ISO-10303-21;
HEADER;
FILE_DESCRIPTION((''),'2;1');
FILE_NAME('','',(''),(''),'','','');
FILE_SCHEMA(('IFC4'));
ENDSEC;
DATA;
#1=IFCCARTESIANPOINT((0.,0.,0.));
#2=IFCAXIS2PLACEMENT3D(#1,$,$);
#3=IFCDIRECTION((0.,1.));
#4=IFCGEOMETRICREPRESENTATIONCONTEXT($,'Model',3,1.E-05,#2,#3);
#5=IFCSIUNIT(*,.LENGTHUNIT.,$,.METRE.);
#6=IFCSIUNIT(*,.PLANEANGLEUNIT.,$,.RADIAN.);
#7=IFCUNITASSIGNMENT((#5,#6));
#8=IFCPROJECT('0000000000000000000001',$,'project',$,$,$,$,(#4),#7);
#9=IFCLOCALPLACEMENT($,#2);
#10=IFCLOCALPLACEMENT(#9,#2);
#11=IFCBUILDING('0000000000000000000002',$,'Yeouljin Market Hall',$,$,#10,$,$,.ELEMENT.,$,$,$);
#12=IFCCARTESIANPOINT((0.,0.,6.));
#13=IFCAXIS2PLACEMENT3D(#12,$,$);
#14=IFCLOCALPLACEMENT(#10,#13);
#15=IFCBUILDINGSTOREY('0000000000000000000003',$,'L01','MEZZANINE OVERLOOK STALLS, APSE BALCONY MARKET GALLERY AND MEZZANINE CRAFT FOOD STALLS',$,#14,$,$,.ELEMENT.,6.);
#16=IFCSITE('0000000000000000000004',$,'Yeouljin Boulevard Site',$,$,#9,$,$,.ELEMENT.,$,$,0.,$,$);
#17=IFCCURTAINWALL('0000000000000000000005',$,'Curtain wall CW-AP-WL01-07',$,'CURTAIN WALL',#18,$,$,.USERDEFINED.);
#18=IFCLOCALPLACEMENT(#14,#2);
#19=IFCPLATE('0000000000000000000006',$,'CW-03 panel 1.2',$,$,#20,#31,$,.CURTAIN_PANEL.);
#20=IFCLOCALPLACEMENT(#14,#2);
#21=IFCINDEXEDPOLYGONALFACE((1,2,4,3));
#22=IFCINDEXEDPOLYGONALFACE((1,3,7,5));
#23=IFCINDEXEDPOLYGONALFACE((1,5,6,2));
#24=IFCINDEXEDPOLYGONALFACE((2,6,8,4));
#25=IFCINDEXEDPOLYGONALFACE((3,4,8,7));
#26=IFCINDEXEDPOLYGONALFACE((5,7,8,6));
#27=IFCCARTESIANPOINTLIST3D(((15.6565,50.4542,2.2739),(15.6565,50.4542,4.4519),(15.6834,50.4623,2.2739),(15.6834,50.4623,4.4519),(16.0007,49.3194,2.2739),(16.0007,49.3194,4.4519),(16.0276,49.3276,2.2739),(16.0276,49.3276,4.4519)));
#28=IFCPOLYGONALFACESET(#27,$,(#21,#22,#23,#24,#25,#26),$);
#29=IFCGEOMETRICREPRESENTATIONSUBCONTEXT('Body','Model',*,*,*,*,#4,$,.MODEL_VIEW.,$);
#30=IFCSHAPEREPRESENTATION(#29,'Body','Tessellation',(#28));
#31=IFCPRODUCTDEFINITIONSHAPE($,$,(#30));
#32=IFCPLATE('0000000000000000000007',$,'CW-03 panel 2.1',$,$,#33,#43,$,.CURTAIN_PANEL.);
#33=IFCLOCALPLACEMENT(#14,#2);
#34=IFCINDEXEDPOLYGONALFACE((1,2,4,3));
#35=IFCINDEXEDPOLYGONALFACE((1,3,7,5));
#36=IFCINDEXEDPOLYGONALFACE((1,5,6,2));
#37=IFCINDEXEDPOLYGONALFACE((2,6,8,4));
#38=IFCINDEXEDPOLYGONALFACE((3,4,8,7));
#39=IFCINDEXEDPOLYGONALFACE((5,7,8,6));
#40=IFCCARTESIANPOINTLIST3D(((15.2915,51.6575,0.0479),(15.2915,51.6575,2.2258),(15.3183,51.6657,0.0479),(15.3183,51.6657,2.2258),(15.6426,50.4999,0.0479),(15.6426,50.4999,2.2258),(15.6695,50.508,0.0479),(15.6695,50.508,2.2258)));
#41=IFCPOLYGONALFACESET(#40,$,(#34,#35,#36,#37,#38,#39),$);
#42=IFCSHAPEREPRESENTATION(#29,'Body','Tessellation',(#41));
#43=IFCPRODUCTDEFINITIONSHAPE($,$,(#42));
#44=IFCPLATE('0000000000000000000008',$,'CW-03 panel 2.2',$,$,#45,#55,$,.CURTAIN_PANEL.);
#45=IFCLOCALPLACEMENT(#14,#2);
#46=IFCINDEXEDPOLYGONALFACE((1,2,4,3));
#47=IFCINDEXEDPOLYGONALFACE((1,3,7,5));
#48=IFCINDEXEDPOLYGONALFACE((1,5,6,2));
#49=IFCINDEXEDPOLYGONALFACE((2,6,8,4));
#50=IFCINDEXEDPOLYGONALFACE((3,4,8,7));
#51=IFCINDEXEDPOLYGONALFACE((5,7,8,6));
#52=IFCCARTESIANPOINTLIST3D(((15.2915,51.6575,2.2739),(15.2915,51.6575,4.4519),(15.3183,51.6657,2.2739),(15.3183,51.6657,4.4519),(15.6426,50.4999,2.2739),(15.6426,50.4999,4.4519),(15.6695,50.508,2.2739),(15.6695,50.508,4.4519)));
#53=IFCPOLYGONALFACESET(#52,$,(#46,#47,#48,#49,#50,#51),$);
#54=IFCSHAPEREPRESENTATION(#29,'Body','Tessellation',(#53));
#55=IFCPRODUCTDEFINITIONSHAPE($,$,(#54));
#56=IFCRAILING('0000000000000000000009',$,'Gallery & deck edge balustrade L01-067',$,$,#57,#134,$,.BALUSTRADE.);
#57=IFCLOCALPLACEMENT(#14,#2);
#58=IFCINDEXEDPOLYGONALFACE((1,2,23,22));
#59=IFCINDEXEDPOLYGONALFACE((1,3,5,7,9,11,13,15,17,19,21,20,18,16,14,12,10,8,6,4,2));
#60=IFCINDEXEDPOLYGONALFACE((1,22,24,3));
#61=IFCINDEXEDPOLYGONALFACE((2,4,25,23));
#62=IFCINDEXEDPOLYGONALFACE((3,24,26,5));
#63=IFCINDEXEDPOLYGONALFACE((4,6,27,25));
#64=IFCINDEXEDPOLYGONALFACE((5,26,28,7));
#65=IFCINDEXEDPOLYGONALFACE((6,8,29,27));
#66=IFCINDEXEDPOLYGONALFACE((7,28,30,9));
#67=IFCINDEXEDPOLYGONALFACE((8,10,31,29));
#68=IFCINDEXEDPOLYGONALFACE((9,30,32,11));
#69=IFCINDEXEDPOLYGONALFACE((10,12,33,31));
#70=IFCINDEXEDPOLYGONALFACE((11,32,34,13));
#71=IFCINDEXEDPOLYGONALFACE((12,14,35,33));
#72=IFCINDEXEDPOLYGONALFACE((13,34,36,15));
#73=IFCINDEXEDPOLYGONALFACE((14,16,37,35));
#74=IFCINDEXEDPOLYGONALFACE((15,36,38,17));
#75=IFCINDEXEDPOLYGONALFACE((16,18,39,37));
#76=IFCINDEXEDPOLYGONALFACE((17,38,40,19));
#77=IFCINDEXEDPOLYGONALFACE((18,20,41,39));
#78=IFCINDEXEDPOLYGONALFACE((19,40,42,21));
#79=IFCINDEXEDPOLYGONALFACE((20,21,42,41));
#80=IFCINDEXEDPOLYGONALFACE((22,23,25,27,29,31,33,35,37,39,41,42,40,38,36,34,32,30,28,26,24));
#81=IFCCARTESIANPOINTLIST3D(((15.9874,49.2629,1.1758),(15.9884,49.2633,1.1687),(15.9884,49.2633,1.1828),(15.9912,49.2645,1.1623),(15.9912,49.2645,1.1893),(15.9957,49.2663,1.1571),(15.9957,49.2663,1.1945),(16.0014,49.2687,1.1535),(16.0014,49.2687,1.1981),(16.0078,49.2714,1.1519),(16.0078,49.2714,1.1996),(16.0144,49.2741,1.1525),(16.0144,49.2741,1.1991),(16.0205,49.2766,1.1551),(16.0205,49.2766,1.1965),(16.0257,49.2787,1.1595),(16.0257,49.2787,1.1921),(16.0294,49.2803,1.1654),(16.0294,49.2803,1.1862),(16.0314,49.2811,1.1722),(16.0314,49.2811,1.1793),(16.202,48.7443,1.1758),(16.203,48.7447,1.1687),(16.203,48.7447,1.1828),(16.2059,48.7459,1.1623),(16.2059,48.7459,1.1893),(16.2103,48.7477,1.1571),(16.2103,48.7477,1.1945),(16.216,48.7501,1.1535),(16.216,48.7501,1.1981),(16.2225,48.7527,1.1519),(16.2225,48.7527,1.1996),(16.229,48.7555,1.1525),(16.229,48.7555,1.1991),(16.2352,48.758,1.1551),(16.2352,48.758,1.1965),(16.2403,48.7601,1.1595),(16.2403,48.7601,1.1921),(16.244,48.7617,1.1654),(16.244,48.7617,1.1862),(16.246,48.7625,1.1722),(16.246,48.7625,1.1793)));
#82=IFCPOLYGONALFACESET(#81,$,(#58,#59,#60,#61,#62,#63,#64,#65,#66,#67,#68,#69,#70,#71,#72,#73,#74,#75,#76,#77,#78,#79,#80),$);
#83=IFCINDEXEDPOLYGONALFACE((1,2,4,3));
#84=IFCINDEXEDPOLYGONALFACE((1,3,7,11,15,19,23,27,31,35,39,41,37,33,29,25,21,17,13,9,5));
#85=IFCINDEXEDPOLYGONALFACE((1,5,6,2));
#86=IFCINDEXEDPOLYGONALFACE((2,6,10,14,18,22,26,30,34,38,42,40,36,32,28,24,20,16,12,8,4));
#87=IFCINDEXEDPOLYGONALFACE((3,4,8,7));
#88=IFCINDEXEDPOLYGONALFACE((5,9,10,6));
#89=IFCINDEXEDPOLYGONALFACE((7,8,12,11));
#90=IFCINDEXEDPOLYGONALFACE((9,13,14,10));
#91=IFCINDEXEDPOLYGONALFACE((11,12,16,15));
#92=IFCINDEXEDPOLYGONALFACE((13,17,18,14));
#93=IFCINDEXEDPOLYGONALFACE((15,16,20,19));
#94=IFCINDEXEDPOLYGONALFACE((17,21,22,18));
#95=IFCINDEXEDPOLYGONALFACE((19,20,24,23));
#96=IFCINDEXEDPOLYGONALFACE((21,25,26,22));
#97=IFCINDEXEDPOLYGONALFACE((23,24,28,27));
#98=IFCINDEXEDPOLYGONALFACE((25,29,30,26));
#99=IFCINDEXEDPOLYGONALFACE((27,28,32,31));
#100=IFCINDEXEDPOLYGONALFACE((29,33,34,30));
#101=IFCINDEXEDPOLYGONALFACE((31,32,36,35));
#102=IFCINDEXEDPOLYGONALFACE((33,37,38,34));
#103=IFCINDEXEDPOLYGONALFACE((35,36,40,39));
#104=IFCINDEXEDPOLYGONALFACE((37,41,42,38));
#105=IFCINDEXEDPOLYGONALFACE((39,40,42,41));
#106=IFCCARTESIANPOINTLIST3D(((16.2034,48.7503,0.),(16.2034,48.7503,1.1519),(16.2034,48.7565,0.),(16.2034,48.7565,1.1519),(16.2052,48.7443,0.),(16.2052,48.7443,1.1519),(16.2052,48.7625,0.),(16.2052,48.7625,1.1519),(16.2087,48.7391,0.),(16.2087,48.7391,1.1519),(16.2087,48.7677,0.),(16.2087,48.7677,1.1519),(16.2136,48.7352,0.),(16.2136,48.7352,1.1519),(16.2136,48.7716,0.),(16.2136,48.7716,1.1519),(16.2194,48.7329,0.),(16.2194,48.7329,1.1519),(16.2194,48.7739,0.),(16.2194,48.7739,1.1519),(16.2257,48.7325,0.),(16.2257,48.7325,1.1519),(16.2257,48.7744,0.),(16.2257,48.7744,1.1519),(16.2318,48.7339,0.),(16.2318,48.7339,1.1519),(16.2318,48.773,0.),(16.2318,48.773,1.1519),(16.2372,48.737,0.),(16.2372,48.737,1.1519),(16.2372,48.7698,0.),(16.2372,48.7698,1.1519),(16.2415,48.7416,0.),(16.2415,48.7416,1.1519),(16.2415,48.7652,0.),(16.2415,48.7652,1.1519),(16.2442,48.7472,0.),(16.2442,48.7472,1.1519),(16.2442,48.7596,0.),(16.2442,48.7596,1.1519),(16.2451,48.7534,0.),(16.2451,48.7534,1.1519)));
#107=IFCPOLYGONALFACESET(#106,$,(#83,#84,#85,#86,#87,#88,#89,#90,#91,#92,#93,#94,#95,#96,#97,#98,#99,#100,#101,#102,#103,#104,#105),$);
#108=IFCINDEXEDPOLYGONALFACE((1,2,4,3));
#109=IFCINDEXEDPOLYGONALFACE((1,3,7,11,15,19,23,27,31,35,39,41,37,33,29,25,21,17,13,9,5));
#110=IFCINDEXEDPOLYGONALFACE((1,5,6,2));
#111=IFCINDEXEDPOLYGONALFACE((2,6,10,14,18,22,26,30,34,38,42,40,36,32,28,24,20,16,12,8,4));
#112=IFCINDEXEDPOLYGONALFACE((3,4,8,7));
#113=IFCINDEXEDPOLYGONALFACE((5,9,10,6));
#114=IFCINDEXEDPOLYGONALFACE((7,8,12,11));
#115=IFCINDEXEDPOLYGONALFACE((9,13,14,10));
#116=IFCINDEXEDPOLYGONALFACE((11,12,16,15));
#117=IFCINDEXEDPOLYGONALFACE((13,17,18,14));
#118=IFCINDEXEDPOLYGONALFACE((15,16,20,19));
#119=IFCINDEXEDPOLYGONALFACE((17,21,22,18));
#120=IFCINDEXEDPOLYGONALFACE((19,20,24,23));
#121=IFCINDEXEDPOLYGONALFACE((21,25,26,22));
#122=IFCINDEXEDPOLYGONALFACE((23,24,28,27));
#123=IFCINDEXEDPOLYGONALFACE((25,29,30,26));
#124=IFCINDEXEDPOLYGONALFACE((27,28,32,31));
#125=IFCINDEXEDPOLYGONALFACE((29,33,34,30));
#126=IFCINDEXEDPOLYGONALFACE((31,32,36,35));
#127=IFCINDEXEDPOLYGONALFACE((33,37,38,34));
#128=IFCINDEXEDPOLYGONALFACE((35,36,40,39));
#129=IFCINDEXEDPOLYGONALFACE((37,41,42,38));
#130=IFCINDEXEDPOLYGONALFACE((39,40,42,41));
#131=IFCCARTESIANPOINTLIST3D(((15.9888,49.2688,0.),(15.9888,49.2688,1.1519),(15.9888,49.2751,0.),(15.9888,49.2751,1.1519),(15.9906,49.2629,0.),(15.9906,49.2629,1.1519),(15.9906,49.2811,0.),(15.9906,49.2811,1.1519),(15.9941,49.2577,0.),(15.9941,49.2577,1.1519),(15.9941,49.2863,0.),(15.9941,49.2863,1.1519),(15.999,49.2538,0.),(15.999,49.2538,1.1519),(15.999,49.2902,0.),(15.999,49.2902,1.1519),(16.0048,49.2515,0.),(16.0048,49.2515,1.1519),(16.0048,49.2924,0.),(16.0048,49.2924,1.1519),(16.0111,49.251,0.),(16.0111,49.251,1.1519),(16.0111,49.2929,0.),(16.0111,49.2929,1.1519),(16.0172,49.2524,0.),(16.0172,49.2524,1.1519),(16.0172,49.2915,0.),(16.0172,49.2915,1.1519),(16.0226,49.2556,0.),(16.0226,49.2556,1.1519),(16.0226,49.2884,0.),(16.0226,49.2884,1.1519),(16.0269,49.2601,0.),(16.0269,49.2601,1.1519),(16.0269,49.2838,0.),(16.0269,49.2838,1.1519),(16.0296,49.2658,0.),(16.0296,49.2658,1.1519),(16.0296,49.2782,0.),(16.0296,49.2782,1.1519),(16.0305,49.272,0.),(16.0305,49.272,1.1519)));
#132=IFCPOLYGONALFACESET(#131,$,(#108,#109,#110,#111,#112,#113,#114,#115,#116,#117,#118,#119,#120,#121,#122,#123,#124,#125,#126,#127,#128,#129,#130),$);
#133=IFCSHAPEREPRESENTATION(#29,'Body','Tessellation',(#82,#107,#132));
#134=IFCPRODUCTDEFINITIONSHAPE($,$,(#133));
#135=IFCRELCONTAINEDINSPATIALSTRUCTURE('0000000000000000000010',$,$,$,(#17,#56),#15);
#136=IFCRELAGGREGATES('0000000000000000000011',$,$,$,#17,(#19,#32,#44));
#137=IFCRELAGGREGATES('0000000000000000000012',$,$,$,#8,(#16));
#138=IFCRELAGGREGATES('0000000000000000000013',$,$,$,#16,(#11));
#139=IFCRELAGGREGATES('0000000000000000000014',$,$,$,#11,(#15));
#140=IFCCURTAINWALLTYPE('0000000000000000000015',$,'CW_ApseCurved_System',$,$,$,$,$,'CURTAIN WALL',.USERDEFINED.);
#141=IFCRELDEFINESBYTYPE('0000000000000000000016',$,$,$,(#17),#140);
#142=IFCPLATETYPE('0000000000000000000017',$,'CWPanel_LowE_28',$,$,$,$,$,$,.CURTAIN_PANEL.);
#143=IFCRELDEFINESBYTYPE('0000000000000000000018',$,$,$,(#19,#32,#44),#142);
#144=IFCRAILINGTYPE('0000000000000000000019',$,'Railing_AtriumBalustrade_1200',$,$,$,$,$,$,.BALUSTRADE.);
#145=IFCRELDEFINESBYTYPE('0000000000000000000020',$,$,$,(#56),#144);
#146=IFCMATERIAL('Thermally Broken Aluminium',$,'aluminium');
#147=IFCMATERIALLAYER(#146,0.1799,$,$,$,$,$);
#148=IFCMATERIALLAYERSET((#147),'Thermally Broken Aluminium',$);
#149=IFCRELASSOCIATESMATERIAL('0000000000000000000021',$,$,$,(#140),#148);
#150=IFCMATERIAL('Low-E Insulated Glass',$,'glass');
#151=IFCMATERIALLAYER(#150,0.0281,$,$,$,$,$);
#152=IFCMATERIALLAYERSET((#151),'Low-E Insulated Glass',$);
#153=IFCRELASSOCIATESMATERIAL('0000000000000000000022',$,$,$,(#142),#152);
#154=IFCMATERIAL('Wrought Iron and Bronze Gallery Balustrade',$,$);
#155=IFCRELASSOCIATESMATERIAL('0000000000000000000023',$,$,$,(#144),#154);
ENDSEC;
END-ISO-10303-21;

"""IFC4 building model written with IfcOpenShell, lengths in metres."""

from ifc_helpers import new_model, si_unit, direction, frame, origin, origin_2d, place, context, subcontext, project, spatial, rectangle, circle, extrude, material, layer, layer_set, type_object, element, aggregate, save


model = new_model("IFC4")

# Units and contexts
model_context = context("Model", 3, precision=1e-05, world=origin(), true_north=direction((0.0, 1.0)))
body_context = subcontext(model_context, "Body", "Model", "MODEL_VIEW")
ifc_project = project(units=[si_unit("LENGTHUNIT", "METRE"), si_unit("PLANEANGLEUNIT", "RADIAN")], contexts=[model_context])

# Site, building, storey
site_placement = place(None, origin())
site = spatial("IfcSite", under=ifc_project, at=site_placement, Name="Yeouljin Boulevard Site", CompositionType="ELEMENT", RefElevation=0.0)
building_placement = place(site_placement, origin())
building = spatial("IfcBuilding", under=site, at=building_placement, Name="Yeouljin Market Hall", CompositionType="ELEMENT")
storey_placement = place(building_placement, frame((0.0, 0.0, 6.0)))
storey = spatial("IfcBuildingStorey", under=building, at=storey_placement, Name="L01", Description="MEZZANINE OVERLOOK STALLS, APSE BALCONY MARKET GALLERY AND MEZZANINE CRAFT FOOD STALLS", CompositionType="ELEMENT", Elevation=6.0)

# Curtain wall
ifc_material_1 = material(Name="Thermally Broken Aluminium", Category="aluminium")
ifc_layer_1 = layer(ifc_material_1, 0.1799)
ifc_layer_set_1 = layer_set([ifc_layer_1], Name="Thermally Broken Aluminium")
curtain_wall_type = type_object("IfcCurtainWallType", Name="CW_ApseCurved_System", ElementType="CURTAIN WALL", PredefinedType="USERDEFINED", material=ifc_layer_set_1)
curtain_wall_1_placement = place(storey_placement, origin())
curtain_wall_1 = element("IfcCurtainWall", 1, at=curtain_wall_1_placement, inside=storey, type_object=curtain_wall_type, Name="Curtain wall CW-AP-WL01-07", ObjectType="CURTAIN WALL", PredefinedType="USERDEFINED")

# Plates
ifc_material_2 = material(Name="Low-E Insulated Glass", Category="glass")
ifc_layer_2 = layer(ifc_material_2, 0.0281)
ifc_layer_set_2 = layer_set([ifc_layer_2], Name="Low-E Insulated Glass")
plate_type = type_object("IfcPlateType", Name="CWPanel_LowE_28", PredefinedType="CURTAIN_PANEL", material=ifc_layer_set_2)
plate_1_placement = place(storey_placement, frame((15.842, 49.8909, 2.2739), z_axis=(0.0, 0.0, 1.0), x_axis=(-0.290286, 0.95694, 0.0)))
plate_1 = element("IfcPlate", 2, at=plate_1_placement, type_object=plate_type, Name="CW-03 panel 1.2", PredefinedType="CURTAIN_PANEL", context=body_context, shape_type="SweptSolid", body=[
    extrude(rectangle(XDim=1.1858, YDim=0.0281, at=origin_2d()), origin(), (0.0, 0.0, 1.0), 2.178),
])
plate_2_placement = place(storey_placement, frame((15.4805, 51.0828, 0.0479), z_axis=(0.0, 0.0, 1.0), x_axis=(-0.290286, 0.95694, 0.0)))
plate_2 = element("IfcPlate", 3, at=plate_2_placement, type_object=plate_type, Name="CW-03 panel 2.1", PredefinedType="CURTAIN_PANEL", context=body_context, shape_type="SweptSolid", body=[
    extrude(rectangle(XDim=1.2097, YDim=0.0281, at=origin_2d()), origin(), (0.0, 0.0, 1.0), 2.178),
])
plate_3_placement = place(storey_placement, frame((15.4805, 51.0828, 2.2739), z_axis=(0.0, 0.0, 1.0), x_axis=(-0.290286, 0.95694, 0.0)))
plate_3 = element("IfcPlate", 4, at=plate_3_placement, type_object=plate_type, Name="CW-03 panel 2.2", PredefinedType="CURTAIN_PANEL", context=body_context, shape_type="SweptSolid", body=[
    extrude(rectangle(XDim=1.2097, YDim=0.0281, at=origin_2d()), origin(), (0.0, 0.0, 1.0), 2.178),
])
aggregate(curtain_wall_1, [plate_1, plate_2, plate_3])

# Railing
ifc_material_3 = material(Name="Wrought Iron and Bronze Gallery Balustrade")
railing_type = type_object("IfcRailingType", Name="Railing_AtriumBalustrade_1200", PredefinedType="BALUSTRADE", material=ifc_material_3)
railing_placement = place(storey_placement, frame((16.2241, 48.7534, 0.0)))
element("IfcRailing", 5, at=railing_placement, inside=storey, type_object=railing_type, Name="Gallery & deck edge balustrade L01-067", PredefinedType="BALUSTRADE", context=body_context, shape_type="SweptSolid", body=[
    extrude(circle(Radius=0.0239, at=origin_2d()), frame((0.0, 0.0, 1.1758), z_axis=(-0.38239, 0.924001, 0.0), x_axis=(-0.924001, -0.38239, 0.0)), (0.0, 0.0, 1.0), 0.5613),
    extrude(circle(Radius=0.021, at=origin_2d()), origin(), (0.0, 0.0, 1.0), 1.1519),
    extrude(circle(Radius=0.021, at=origin_2d()), frame((-0.2146, 0.5186, 0.0)), (0.0, 0.0, 1.0), 1.1519),
])

save(model, "model.ifc")
